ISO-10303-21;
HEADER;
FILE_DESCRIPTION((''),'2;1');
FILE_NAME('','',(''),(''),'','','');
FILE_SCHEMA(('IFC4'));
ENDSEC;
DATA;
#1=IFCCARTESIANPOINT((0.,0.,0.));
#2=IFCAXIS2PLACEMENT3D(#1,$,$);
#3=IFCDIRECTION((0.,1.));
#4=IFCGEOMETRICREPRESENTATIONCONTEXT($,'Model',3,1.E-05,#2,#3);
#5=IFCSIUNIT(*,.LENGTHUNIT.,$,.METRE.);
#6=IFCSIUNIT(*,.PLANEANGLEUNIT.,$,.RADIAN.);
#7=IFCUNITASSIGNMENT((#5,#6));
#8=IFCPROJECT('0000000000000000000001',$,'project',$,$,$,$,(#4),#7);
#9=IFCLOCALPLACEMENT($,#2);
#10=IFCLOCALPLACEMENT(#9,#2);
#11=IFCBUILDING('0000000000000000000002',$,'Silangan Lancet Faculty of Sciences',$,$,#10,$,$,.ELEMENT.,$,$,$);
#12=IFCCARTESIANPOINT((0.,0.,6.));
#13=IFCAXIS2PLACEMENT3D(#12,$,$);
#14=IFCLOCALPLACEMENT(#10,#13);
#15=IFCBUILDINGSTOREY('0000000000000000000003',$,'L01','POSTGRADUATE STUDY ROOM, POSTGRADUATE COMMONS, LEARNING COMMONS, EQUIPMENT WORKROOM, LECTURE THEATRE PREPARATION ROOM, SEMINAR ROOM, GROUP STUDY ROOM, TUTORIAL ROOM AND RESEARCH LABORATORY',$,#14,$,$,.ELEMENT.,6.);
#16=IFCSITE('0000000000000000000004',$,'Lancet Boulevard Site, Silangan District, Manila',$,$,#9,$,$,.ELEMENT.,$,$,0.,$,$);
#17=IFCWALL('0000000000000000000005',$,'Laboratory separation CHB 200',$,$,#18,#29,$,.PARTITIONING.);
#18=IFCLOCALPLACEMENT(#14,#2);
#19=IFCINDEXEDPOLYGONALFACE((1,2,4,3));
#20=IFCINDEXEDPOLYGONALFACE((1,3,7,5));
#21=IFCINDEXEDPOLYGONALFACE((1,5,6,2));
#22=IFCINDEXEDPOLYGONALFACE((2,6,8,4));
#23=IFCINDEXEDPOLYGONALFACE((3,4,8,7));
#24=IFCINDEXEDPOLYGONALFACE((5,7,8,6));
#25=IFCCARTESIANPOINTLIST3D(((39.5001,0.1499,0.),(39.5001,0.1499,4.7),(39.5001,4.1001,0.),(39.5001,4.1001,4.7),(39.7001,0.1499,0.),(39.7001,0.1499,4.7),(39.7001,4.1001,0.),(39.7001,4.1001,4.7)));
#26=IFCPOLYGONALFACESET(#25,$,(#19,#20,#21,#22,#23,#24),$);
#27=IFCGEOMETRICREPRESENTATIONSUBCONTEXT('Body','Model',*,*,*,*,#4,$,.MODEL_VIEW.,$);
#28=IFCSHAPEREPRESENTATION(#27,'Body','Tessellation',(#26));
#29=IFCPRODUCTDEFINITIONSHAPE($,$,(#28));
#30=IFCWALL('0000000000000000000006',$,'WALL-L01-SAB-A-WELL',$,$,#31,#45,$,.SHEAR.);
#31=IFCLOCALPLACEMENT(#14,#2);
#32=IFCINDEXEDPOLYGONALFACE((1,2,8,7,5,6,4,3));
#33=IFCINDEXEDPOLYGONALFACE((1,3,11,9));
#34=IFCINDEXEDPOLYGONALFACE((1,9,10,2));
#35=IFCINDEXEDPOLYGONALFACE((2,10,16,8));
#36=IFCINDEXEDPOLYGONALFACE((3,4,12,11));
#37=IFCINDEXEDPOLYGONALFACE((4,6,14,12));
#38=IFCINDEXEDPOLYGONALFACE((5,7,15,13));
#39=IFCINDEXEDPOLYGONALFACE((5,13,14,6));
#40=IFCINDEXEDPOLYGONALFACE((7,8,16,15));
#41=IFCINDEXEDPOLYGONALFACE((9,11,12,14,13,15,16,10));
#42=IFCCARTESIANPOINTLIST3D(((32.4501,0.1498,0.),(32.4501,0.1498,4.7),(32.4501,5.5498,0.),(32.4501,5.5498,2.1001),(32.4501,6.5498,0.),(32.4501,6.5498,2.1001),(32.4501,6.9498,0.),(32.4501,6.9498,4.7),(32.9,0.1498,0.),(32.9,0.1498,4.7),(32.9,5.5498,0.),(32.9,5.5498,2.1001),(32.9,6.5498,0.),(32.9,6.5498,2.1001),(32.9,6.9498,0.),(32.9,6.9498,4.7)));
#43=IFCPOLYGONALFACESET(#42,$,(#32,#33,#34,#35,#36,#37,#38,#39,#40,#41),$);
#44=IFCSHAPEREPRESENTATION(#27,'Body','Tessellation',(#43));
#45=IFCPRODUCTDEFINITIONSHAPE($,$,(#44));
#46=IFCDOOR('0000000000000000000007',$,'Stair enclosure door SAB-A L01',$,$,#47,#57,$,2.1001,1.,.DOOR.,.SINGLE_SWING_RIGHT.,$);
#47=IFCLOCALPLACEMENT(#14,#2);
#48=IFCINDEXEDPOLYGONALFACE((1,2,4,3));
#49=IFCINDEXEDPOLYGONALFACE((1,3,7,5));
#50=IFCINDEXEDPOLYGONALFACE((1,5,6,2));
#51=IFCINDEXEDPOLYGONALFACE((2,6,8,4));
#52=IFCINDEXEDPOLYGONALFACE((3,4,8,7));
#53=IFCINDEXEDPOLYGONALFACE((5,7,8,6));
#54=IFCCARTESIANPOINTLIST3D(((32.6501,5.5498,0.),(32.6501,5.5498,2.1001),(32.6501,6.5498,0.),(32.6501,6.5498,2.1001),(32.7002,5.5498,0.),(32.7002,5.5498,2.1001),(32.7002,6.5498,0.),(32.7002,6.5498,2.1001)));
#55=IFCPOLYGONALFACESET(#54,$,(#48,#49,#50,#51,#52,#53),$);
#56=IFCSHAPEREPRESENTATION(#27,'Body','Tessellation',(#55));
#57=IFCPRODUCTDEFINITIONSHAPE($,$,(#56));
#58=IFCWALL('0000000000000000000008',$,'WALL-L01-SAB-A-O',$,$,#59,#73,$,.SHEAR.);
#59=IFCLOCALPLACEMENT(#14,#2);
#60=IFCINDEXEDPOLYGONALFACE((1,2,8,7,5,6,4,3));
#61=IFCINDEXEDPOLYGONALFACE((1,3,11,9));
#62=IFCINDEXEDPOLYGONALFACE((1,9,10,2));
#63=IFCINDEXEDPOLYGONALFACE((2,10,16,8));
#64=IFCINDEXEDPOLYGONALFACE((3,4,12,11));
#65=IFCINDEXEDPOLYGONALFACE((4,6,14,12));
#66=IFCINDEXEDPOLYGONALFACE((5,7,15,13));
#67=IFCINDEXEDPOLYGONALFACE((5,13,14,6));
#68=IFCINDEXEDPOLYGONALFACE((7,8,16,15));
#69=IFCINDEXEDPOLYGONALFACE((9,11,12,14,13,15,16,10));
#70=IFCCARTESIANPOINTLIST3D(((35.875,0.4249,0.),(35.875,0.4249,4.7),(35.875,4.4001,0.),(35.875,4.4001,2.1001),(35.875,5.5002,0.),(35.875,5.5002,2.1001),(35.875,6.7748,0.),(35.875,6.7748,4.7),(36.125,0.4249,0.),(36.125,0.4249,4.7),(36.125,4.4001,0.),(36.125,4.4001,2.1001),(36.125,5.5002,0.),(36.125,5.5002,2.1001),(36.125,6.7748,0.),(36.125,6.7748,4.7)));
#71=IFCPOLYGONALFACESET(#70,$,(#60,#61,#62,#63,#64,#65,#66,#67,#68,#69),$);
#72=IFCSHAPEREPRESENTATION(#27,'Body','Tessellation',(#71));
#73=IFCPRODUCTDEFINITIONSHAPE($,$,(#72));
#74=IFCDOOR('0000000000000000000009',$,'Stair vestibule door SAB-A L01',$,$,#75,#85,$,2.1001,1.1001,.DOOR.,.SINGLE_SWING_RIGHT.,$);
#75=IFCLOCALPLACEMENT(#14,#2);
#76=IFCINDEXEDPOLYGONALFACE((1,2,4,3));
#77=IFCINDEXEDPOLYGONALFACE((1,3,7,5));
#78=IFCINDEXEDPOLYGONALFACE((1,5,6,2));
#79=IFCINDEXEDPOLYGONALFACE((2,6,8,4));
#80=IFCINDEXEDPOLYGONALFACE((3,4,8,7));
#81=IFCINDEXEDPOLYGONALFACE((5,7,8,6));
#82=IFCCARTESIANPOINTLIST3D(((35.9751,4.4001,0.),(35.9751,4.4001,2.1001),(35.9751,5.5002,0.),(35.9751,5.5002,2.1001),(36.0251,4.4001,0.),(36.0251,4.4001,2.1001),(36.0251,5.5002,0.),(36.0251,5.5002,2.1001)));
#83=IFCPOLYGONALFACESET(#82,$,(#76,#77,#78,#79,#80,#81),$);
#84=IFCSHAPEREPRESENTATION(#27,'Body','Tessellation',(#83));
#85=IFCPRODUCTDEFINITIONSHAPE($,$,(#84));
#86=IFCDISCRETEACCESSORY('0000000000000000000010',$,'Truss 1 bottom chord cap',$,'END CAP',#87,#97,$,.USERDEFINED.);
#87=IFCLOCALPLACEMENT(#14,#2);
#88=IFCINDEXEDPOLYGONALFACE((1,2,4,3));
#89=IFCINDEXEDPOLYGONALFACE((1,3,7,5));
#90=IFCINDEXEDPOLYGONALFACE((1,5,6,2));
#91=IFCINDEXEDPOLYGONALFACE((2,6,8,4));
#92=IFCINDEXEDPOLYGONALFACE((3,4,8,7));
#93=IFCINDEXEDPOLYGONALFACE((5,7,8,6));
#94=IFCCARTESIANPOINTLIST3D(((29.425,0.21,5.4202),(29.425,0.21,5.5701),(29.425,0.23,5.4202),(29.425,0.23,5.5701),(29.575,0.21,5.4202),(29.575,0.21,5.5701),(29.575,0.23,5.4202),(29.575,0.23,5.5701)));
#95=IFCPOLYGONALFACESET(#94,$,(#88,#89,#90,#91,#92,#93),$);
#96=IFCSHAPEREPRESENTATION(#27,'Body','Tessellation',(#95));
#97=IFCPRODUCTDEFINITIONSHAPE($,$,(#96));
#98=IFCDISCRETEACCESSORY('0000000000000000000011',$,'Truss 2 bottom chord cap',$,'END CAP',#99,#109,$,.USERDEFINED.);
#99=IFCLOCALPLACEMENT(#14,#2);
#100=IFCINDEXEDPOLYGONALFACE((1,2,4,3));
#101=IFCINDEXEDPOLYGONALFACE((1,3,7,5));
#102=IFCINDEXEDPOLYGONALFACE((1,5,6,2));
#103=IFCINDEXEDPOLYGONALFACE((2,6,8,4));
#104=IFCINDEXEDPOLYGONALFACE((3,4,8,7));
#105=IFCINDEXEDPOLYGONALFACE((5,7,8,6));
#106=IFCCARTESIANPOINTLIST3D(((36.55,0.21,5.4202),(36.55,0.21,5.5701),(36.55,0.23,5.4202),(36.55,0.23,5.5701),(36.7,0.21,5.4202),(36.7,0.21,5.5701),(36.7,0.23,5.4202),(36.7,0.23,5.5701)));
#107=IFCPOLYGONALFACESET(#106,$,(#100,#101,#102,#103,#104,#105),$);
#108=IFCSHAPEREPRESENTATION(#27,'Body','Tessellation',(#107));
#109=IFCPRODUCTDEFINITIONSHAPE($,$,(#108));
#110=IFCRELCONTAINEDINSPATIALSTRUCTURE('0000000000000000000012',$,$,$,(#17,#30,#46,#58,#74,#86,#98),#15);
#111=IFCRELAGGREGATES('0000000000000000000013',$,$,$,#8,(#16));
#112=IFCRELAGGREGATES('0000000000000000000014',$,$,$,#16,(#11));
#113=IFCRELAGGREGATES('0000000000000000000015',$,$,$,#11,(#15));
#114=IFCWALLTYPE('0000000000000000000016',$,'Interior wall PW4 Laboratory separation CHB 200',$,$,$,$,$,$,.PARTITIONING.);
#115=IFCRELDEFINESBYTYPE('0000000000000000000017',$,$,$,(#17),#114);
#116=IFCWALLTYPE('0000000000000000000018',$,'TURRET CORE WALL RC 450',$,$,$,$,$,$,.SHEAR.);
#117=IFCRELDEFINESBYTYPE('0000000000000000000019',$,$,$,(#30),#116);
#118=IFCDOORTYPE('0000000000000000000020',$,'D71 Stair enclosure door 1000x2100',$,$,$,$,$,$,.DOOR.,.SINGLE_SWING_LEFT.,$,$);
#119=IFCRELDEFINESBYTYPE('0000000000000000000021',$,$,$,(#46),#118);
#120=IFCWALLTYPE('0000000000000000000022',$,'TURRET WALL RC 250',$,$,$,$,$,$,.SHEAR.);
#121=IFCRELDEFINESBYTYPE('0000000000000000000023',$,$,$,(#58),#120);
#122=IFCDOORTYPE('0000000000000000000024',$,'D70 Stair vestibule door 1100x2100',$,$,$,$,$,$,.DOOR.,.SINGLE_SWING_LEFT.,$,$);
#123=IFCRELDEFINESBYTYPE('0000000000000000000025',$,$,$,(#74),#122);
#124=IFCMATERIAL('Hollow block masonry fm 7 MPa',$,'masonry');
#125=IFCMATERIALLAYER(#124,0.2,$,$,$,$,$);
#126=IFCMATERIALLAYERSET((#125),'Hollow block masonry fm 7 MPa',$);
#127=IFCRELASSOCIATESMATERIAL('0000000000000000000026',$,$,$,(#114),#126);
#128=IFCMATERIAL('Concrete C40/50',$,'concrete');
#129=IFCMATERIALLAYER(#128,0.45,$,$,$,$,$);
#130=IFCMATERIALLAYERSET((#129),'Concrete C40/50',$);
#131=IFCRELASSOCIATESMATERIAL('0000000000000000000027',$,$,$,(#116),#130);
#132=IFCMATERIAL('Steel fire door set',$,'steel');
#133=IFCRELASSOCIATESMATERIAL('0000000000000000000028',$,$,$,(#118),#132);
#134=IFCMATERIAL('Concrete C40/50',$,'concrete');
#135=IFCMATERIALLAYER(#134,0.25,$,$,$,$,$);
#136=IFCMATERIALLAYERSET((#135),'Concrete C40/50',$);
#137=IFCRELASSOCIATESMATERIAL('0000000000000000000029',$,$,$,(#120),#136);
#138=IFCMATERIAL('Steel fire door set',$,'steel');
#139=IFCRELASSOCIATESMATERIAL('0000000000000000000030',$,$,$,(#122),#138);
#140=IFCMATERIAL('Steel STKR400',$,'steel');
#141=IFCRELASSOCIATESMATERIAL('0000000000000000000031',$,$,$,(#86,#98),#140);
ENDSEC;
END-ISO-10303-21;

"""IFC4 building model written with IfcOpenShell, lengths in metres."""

from ifc_helpers import new_model, si_unit, direction, frame, frame_2d, origin, origin_2d, place, context, subcontext, project, spatial, rectangle, extrude, material, layer, layer_set, type_object, element, fill, save


model = new_model("IFC4")

# Units and contexts
model_context = context("Model", 3, precision=1e-05, world=origin(), true_north=direction((0.0, 1.0)))
body_context = subcontext(model_context, "Body", "Model", "MODEL_VIEW")
ifc_project = project(units=[si_unit("LENGTHUNIT", "METRE"), si_unit("PLANEANGLEUNIT", "RADIAN")], contexts=[model_context])

# Site, building, storey
site_placement = place(None, origin())
site = spatial("IfcSite", under=ifc_project, at=site_placement, Name="Lancet Boulevard Site, Silangan District, Manila", CompositionType="ELEMENT", RefElevation=0.0)
building_placement = place(site_placement, origin())
building = spatial("IfcBuilding", under=site, at=building_placement, Name="Silangan Lancet Faculty of Sciences", CompositionType="ELEMENT")
storey_placement = place(building_placement, frame((0.0, 0.0, 6.0)))
storey = spatial("IfcBuildingStorey", under=building, at=storey_placement, Name="L01", Description="POSTGRADUATE STUDY ROOM, POSTGRADUATE COMMONS, LEARNING COMMONS, EQUIPMENT WORKROOM, LECTURE THEATRE PREPARATION ROOM, SEMINAR ROOM, GROUP STUDY ROOM, TUTORIAL ROOM AND RESEARCH LABORATORY", CompositionType="ELEMENT", Elevation=6.0)

# Wall
ifc_material_1 = material(Name="Hollow block masonry fm 7 MPa", Category="masonry")
ifc_layer_1 = layer(ifc_material_1, 0.2)
ifc_layer_set_1 = layer_set([ifc_layer_1], Name="Hollow block masonry fm 7 MPa")
wall_type_1 = type_object("IfcWallType", Name="Interior wall PW4 Laboratory separation CHB 200", PredefinedType="PARTITIONING", material=ifc_layer_set_1)
wall_1_placement = place(storey_placement, frame((39.6001, 0.1499, 0.0), z_axis=(0.0, 0.0, 1.0), x_axis=(0.0, 1.0, 0.0)))
element("IfcWall", 1, at=wall_1_placement, inside=storey, type_object=wall_type_1, Name="Laboratory separation CHB 200", PredefinedType="PARTITIONING", context=body_context, shape_type="SweptSolid", body=[
    extrude(rectangle(XDim=3.9502, YDim=0.2, at=frame_2d((1.9751, 0.0))), origin(), (0.0, 0.0, 1.0), 4.7),
])

# Walls, openings, doors
ifc_material_2 = material(Name="Concrete C40/50", Category="concrete")
ifc_layer_2 = layer(ifc_material_2, 0.45)
ifc_layer_set_2 = layer_set([ifc_layer_2], Name="Concrete C40/50")
wall_type_2 = type_object("IfcWallType", Name="TURRET CORE WALL RC 450", PredefinedType="SHEAR", material=ifc_layer_set_2)
wall_2_placement = place(storey_placement, frame((32.675, 0.1499, 0.0), z_axis=(0.0, 0.0, 1.0), x_axis=(0.0, 1.0, 0.0)))
wall_2 = element("IfcWall", 2, at=wall_2_placement, inside=storey, type_object=wall_type_2, Name="WALL-L01-SAB-A-WELL", PredefinedType="SHEAR", context=body_context, shape_type="SweptSolid", body=[
    extrude(rectangle(XDim=6.8, YDim=0.45, at=frame_2d((3.3999, 0.0))), origin(), (0.0, 0.0, 1.0), 4.7),
])
opening_1_placement = place(wall_2_placement, frame((5.3999, 0.0, 0.0)))
opening_1 = element("IfcOpeningElement", 3, at=opening_1_placement, cuts=wall_2, PredefinedType="OPENING", context=body_context, shape_type="SweptSolid", body=[
    extrude(rectangle(XDim=1.0, YDim=2.1001, at=frame_2d((0.5, 1.05))), frame((0.0, 0.2349, 0.0), z_axis=(0.0, -1.0, 0.0), x_axis=(1.0, 0.0, 0.0)), (0.0, 0.0, 1.0), 0.47),
])
ifc_material_3 = material(Name="Steel fire door set", Category="steel")
door_type_1 = type_object("IfcDoorType", Name="D71 Stair enclosure door 1000x2100", OperationType="SINGLE_SWING_LEFT", PredefinedType="DOOR", material=ifc_material_3)
door_1_placement = place(opening_1_placement, origin())
door_1 = element("IfcDoor", 4, at=door_1_placement, inside=storey, type_object=door_type_1, Name="Stair enclosure door SAB-A L01", OperationType="SINGLE_SWING_RIGHT", OverallHeight=2.1001, OverallWidth=1.0, PredefinedType="DOOR", context=body_context, shape_type="SweptSolid", body=[
    extrude(rectangle(XDim=1.0, YDim=2.1001, at=frame_2d((0.5, 1.05))), frame((0.0, 0.0249, 0.0), z_axis=(0.0, -1.0, 0.0), x_axis=(1.0, 0.0, 0.0)), (0.0, 0.0, 1.0), 0.05),
])
fill(opening_1, door_1)
ifc_material_4 = material(Name="Concrete C40/50", Category="concrete")
ifc_layer_3 = layer(ifc_material_4, 0.25)
ifc_layer_set_3 = layer_set([ifc_layer_3], Name="Concrete C40/50")
wall_type_3 = type_object("IfcWallType", Name="TURRET WALL RC 250", PredefinedType="SHEAR", material=ifc_layer_set_3)
wall_3_placement = place(storey_placement, frame((36.0, 0.425, 0.0), z_axis=(0.0, 0.0, 1.0), x_axis=(0.0, 1.0, 0.0)))
wall_3 = element("IfcWall", 5, at=wall_3_placement, inside=storey, type_object=wall_type_3, Name="WALL-L01-SAB-A-O", PredefinedType="SHEAR", context=body_context, shape_type="SweptSolid", body=[
    extrude(rectangle(XDim=6.3499, YDim=0.25, at=frame_2d((3.1748, 0.0))), origin(), (0.0, 0.0, 1.0), 4.7),
])
opening_2_placement = place(wall_3_placement, frame((3.9751, 0.0, 0.0)))
opening_2 = element("IfcOpeningElement", 6, at=opening_2_placement, cuts=wall_3, PredefinedType="OPENING", context=body_context, shape_type="SweptSolid", body=[
    extrude(rectangle(XDim=1.1001, YDim=2.1001, at=frame_2d((0.55, 1.05))), frame((0.0, 0.135, 0.0), z_axis=(0.0, -1.0, 0.0), x_axis=(1.0, 0.0, 0.0)), (0.0, 0.0, 1.0), 0.27),
])
ifc_material_5 = material(Name="Steel fire door set", Category="steel")
door_type_2 = type_object("IfcDoorType", Name="D70 Stair vestibule door 1100x2100", OperationType="SINGLE_SWING_LEFT", PredefinedType="DOOR", material=ifc_material_5)
door_2_placement = place(opening_2_placement, origin())
door_2 = element("IfcDoor", 7, at=door_2_placement, inside=storey, type_object=door_type_2, Name="Stair vestibule door SAB-A L01", OperationType="SINGLE_SWING_RIGHT", OverallHeight=2.1001, OverallWidth=1.1001, PredefinedType="DOOR", context=body_context, shape_type="SweptSolid", body=[
    extrude(rectangle(XDim=1.1001, YDim=2.1001, at=frame_2d((0.55, 1.05))), frame((0.0, 0.0249, 0.0), z_axis=(0.0, -1.0, 0.0), x_axis=(1.0, 0.0, 0.0)), (0.0, 0.0, 1.0), 0.05),
])
fill(opening_2, door_2)

# Discrete accessories
ifc_material_6 = material(Name="Steel STKR400", Category="steel")
for number, where, z_axis, x_axis, name in (
    (8, (29.5, 0.22, 5.4202), (0.0, 0.0, 1.0), (1.0, 0.0, 0.0), "Truss 1 bottom chord cap"),
    (9, (36.625, 0.22, 5.4202), (0.0, 0.0, 1.0), (1.0, 0.0, 0.0), "Truss 2 bottom chord cap"),
):
    element("IfcDiscreteAccessory", number, at=place(storey_placement, frame(where, z_axis=z_axis, x_axis=x_axis)), inside=storey, material=ifc_material_6, Name=name, ObjectType="END CAP", PredefinedType="USERDEFINED", context=body_context, shape_type="SweptSolid", body=[
        extrude(rectangle(XDim=0.1499, YDim=0.02, at=origin_2d()), origin(), (0.0, 0.0, 1.0), 0.1499),
    ])

save(model, "model.ifc")
